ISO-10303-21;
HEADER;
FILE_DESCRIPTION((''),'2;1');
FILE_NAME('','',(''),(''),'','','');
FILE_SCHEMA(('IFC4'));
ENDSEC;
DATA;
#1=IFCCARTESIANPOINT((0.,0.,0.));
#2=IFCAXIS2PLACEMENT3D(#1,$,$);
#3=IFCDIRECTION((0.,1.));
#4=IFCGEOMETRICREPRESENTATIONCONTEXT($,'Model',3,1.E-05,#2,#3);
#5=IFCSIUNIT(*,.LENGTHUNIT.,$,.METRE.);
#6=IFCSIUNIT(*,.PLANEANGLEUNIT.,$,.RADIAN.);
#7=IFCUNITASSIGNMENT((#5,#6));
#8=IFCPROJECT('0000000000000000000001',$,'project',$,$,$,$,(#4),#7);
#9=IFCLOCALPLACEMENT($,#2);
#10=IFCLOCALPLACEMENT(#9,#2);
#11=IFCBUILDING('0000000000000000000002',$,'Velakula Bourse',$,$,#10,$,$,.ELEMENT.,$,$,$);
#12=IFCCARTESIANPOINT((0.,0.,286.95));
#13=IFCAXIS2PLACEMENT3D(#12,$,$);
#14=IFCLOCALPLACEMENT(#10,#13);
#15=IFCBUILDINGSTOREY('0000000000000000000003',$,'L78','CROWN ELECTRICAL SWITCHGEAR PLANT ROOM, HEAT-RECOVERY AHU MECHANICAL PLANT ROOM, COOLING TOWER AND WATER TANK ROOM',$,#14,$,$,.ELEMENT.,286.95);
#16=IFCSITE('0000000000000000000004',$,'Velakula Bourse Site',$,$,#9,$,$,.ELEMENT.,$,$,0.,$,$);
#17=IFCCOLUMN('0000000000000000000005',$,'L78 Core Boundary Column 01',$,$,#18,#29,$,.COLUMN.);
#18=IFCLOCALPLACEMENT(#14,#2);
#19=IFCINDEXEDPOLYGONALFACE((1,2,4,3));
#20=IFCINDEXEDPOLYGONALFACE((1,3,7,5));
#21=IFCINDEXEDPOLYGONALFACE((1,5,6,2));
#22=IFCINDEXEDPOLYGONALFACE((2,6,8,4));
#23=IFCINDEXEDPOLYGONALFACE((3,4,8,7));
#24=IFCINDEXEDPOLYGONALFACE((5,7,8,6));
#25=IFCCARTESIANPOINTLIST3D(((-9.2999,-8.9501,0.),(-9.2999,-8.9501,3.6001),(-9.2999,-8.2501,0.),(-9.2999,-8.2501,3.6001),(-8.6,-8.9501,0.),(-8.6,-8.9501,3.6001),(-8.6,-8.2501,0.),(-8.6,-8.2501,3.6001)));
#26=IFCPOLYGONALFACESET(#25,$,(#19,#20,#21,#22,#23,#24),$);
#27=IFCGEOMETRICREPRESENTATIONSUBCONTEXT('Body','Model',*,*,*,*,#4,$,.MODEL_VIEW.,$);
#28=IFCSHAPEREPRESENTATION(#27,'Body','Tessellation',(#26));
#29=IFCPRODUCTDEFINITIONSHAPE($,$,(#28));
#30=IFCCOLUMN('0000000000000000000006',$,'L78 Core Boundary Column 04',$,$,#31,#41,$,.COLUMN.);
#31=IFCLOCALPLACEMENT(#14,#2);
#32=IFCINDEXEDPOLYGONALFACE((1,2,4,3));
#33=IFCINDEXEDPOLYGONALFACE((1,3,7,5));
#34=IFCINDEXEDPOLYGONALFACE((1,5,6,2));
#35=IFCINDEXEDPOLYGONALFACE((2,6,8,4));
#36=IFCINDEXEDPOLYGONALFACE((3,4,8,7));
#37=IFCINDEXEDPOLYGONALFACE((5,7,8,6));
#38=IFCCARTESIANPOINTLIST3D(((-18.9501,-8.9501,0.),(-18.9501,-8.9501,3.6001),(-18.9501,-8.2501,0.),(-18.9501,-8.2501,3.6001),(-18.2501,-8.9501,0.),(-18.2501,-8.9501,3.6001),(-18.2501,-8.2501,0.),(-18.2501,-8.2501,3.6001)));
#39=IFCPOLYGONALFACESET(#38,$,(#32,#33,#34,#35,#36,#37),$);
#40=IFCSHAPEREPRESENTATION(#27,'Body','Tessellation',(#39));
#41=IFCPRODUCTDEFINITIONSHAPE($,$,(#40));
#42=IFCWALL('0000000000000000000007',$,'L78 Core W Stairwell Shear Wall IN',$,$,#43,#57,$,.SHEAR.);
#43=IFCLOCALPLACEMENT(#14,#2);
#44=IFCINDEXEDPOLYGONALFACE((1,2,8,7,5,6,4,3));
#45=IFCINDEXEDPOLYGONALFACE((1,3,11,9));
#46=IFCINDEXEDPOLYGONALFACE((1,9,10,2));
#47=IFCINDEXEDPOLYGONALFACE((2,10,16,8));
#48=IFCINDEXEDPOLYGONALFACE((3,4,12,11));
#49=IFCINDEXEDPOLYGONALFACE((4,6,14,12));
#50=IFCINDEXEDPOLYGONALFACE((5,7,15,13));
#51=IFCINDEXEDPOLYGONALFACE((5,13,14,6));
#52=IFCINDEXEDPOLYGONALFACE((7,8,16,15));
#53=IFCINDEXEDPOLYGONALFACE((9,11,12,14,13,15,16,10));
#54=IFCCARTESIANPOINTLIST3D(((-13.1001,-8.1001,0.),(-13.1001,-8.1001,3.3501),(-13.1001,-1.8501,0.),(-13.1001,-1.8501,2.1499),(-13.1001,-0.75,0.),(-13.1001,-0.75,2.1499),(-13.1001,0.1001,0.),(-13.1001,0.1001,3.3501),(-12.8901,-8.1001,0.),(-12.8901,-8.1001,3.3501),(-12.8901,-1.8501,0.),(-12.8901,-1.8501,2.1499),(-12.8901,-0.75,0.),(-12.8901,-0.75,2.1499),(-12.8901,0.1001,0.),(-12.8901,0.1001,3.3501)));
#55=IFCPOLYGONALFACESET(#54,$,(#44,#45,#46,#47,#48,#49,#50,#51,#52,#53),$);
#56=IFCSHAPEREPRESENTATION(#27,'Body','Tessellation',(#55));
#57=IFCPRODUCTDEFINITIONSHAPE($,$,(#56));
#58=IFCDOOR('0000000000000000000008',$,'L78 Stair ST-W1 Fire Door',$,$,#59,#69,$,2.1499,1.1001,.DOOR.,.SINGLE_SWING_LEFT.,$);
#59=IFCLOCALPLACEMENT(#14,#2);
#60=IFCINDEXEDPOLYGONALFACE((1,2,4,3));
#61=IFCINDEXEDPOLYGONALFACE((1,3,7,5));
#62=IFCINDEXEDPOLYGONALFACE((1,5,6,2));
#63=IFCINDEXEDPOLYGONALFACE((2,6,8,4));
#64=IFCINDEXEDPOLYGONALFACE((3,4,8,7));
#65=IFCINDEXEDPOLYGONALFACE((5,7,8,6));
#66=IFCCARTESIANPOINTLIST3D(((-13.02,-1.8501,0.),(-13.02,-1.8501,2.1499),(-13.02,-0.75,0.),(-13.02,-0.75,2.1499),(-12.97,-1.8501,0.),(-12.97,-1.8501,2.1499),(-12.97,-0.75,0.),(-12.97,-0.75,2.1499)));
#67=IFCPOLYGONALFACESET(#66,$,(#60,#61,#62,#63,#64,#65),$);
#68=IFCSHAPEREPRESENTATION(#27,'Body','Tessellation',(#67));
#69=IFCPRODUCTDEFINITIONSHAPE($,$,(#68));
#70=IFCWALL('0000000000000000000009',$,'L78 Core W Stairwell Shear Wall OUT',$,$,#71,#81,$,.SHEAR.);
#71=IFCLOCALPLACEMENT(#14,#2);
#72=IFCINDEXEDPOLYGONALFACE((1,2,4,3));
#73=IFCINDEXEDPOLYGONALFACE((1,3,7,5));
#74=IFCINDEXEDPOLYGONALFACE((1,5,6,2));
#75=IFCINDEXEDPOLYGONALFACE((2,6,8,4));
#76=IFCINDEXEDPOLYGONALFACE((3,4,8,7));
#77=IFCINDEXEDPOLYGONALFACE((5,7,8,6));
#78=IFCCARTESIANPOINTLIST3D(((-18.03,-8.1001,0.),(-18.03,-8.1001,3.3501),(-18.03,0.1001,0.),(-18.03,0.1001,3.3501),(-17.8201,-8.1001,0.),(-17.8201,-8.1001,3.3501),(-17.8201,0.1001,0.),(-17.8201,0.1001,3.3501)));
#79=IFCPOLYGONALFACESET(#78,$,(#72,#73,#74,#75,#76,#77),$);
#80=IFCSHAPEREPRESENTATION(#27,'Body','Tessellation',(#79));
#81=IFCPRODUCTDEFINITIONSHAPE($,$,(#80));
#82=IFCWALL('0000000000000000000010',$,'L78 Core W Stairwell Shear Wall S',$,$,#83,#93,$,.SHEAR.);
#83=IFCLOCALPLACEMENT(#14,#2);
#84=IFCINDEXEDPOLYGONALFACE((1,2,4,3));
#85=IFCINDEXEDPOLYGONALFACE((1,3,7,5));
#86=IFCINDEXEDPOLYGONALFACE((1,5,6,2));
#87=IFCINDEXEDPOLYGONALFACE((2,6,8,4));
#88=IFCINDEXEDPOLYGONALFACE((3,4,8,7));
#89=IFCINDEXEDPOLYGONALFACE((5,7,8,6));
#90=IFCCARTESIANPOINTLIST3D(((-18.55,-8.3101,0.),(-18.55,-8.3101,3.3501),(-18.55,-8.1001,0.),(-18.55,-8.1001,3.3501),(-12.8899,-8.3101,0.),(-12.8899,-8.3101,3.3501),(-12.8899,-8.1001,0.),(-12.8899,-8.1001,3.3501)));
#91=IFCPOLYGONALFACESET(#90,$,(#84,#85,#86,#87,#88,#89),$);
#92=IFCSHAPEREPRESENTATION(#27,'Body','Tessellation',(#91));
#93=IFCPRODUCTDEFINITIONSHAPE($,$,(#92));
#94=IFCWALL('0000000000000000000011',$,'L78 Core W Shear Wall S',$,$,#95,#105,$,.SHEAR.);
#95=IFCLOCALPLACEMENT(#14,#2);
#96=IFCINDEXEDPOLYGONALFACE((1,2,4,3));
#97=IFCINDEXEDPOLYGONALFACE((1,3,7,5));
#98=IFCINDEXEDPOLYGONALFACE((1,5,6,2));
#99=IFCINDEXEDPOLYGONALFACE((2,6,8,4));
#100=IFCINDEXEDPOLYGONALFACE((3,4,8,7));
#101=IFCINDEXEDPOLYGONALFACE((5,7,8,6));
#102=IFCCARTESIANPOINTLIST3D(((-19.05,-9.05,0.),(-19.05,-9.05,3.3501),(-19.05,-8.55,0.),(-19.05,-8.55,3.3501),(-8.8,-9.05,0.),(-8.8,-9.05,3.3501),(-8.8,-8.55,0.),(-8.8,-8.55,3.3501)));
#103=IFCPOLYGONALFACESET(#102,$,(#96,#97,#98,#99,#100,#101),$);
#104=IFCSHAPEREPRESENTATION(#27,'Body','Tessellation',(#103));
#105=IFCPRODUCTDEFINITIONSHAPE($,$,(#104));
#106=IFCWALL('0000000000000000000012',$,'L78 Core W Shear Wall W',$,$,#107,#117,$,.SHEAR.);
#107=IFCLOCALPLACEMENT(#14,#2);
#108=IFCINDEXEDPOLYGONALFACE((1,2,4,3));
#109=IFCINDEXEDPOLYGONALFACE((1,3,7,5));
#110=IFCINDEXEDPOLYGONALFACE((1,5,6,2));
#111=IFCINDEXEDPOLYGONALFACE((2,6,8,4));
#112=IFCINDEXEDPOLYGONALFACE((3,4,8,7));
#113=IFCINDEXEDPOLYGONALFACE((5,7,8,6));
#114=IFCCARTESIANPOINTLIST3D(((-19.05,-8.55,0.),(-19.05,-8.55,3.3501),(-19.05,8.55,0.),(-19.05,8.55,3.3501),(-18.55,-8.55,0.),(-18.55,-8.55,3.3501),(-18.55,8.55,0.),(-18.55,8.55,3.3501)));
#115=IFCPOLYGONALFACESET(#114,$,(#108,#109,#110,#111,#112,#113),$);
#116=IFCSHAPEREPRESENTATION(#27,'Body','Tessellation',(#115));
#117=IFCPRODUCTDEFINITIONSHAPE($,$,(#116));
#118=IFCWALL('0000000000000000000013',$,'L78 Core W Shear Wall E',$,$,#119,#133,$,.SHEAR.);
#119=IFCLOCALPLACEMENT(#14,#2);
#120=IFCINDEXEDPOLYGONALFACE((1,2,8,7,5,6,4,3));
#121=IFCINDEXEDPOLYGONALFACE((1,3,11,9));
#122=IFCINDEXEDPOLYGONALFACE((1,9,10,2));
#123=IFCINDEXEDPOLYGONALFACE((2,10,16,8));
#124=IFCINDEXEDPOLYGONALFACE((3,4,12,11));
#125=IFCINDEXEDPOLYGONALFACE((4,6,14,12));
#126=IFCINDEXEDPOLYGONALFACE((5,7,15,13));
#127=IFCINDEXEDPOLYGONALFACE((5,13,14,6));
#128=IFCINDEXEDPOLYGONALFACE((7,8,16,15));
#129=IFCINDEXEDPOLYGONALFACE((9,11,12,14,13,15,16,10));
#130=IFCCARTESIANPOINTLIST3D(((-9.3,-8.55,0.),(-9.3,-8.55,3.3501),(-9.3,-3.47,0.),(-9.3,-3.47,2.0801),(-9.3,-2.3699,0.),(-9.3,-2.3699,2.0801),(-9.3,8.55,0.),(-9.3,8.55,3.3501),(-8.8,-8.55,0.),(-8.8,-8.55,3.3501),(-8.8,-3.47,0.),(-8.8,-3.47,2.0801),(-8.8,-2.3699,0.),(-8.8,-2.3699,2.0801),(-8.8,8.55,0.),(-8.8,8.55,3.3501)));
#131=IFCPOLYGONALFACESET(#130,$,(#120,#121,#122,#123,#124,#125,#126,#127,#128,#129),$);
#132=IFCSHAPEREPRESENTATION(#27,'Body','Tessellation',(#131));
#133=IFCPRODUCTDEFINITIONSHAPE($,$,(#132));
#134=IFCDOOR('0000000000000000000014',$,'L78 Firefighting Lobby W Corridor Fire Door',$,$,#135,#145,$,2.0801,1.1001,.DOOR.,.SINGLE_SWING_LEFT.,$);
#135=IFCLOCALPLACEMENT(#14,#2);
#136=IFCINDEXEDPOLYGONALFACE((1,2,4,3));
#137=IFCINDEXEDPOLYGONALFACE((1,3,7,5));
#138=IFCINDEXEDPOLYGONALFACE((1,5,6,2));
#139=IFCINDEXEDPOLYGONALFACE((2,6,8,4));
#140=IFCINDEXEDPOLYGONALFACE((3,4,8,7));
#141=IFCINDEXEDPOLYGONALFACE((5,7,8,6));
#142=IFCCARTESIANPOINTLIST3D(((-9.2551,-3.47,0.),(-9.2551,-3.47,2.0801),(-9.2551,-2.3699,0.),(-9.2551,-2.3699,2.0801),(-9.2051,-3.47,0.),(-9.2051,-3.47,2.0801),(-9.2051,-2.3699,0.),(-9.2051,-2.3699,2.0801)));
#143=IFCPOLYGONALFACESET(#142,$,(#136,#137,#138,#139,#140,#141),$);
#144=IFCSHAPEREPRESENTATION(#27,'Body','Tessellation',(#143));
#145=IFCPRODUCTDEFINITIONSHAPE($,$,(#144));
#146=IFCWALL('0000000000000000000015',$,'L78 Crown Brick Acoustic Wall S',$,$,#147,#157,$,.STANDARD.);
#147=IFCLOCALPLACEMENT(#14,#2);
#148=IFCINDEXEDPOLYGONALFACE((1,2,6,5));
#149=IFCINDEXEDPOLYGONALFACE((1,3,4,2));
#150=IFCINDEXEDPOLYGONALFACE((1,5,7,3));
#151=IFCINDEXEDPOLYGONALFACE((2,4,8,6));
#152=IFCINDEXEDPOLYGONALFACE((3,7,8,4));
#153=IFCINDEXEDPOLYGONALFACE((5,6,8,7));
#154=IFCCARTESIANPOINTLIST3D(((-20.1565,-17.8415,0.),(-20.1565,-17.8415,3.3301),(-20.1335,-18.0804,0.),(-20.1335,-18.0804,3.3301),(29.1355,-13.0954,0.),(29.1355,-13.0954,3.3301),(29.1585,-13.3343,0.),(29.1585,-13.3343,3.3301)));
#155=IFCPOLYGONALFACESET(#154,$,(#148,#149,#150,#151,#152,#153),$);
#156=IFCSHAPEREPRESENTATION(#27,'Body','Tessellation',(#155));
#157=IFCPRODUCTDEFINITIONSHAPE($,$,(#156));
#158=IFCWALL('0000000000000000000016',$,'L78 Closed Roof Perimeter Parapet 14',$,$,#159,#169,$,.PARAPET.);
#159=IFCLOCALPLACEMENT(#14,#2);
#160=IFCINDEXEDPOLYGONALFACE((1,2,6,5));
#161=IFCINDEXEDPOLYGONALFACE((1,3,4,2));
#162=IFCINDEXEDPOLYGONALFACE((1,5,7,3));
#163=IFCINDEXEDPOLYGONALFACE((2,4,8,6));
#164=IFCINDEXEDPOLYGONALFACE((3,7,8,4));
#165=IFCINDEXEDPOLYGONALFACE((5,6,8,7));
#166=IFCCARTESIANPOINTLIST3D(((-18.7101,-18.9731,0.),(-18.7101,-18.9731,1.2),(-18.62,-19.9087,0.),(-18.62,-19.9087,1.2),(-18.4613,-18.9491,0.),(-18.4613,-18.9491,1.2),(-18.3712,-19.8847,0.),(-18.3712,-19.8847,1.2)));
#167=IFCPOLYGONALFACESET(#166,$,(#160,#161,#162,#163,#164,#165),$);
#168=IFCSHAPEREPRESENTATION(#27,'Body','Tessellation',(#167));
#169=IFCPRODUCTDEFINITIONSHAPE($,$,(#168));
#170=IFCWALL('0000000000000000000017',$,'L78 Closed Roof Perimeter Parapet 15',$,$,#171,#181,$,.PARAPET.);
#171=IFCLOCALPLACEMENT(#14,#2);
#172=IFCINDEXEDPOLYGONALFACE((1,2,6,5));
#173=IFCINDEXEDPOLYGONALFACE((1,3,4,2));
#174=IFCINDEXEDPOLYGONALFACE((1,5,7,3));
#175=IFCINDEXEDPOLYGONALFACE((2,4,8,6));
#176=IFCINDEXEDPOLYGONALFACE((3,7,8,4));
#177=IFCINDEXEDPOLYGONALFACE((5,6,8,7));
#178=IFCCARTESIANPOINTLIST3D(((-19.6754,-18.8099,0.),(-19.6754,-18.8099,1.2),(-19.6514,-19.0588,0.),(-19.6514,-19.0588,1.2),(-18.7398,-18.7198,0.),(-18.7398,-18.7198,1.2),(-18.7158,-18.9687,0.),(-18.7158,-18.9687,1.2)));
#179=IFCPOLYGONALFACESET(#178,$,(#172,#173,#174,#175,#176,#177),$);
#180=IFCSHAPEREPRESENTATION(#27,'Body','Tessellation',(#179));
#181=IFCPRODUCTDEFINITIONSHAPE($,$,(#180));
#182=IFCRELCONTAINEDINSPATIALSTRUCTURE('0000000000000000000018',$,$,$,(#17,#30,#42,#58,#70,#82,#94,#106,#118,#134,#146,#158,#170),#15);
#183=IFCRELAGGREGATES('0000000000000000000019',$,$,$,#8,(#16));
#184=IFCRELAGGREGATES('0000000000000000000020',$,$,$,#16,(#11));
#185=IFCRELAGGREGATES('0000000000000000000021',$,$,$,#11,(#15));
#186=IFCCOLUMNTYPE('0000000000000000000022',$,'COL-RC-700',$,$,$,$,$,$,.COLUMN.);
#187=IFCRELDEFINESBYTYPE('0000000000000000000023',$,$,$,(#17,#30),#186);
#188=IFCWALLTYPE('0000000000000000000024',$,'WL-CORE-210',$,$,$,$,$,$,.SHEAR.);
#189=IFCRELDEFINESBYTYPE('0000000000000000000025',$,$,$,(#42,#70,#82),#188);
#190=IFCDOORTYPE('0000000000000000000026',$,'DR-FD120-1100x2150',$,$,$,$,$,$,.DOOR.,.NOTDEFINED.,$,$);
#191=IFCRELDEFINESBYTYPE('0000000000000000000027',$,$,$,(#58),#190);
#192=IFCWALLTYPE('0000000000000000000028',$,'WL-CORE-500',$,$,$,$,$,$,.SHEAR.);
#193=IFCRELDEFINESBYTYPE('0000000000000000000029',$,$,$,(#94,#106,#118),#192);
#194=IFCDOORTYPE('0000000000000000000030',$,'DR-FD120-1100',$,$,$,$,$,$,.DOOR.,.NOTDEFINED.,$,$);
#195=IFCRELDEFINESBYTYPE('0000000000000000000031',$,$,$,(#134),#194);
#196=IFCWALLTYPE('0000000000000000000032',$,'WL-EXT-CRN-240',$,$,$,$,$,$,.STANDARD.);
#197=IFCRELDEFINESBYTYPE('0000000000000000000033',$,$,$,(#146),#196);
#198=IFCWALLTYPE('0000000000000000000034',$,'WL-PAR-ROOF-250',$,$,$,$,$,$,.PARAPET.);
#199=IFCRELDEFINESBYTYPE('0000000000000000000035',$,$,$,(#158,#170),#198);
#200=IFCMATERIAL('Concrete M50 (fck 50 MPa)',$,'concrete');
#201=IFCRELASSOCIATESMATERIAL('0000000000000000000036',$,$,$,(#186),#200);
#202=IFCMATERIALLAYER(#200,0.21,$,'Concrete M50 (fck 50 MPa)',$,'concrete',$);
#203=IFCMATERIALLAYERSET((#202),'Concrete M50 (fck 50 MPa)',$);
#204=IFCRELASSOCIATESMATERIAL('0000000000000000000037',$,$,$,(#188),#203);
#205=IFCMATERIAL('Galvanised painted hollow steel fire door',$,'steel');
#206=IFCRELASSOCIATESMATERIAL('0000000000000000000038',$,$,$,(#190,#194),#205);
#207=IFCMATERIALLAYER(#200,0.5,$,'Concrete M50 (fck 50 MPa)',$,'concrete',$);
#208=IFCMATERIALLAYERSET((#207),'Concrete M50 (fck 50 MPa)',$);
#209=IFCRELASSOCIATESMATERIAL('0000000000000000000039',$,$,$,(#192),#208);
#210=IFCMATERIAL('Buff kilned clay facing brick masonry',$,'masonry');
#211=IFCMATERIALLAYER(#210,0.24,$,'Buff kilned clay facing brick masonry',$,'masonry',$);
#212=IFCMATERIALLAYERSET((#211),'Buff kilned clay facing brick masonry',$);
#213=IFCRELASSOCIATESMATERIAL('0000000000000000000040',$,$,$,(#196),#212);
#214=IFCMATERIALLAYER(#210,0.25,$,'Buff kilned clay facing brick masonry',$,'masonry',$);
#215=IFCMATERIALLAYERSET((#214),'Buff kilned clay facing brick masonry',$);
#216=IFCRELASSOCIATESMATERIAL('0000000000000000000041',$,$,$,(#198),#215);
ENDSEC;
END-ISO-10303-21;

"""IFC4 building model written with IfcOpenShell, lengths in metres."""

from ifc_helpers import new_model, si_unit, direction, frame, frame_2d, origin, origin_2d, place, context, subcontext, project, spatial, rectangle, extrude, material, layer, layer_set, material_profile, profile_set, type_object, element, fill, save


model = new_model("IFC4")

# Units and contexts
model_context = context("Model", 3, precision=1e-05, world=origin(), true_north=direction((0.0, 1.0)))
body_context = subcontext(model_context, "Body", "Model", "MODEL_VIEW")
ifc_project = project(units=[si_unit("LENGTHUNIT", "METRE"), si_unit("PLANEANGLEUNIT", "RADIAN")], contexts=[model_context])

# Site, building, storey
site_placement = place(None, origin())
site = spatial("IfcSite", under=ifc_project, at=site_placement, Name="Velakula Bourse Site", CompositionType="ELEMENT", RefElevation=0.0)
building_placement = place(site_placement, origin())
building = spatial("IfcBuilding", under=site, at=building_placement, Name="Velakula Bourse", CompositionType="ELEMENT")
storey_placement = place(building_placement, frame((0.0, 0.0, 286.95)))
storey = spatial("IfcBuildingStorey", under=building, at=storey_placement, Name="L78", Description="CROWN ELECTRICAL SWITCHGEAR PLANT ROOM, HEAT-RECOVERY AHU MECHANICAL PLANT ROOM, COOLING TOWER AND WATER TANK ROOM", CompositionType="ELEMENT", Elevation=286.95)

# Columns
ifc_material_1 = material(Name="Concrete M50 (fck 50 MPa)", Category="concrete")
ifc_material_profile = material_profile(ifc_material_1, rectangle(XDim=0.7, YDim=0.7, at=origin_2d()), Name="Concrete M50 (fck 50 MPa)")
ifc_profile_set = profile_set([ifc_material_profile], Name="Concrete M50 (fck 50 MPa)")
column_type = type_object("IfcColumnType", Name="COL-RC-700", PredefinedType="COLUMN", material=ifc_profile_set)
for number, where, z_axis, x_axis, name in (
    (1, (-8.95, -8.6001, 0.0), (0.0, 0.0, 1.0), (1.0, 0.0, 0.0), "L78 Core Boundary Column 01"),
    (2, (-18.6001, -8.6001, 0.0), (0.0, 0.0, 1.0), (1.0, 0.0, 0.0), "L78 Core Boundary Column 04"),
):
    element("IfcColumn", number, at=place(storey_placement, frame(where, z_axis=z_axis, x_axis=x_axis)), inside=storey, type_object=column_type, Name=name, PredefinedType="COLUMN", context=body_context, shape_type="SweptSolid", body=[
        extrude(rectangle(XDim=0.7, YDim=0.7, at=origin_2d()), origin(), (0.0, 0.0, 1.0), 3.6001),
    ])

# Wall, opening, door
ifc_layer_1 = layer(ifc_material_1, 0.21, Name="Concrete M50 (fck 50 MPa)", Category="concrete")
ifc_layer_set_1 = layer_set([ifc_layer_1], Name="Concrete M50 (fck 50 MPa)")
wall_type_1 = type_object("IfcWallType", Name="WL-CORE-210", PredefinedType="SHEAR", material=ifc_layer_set_1)
wall_1_placement = place(storey_placement, frame((-12.9951, -8.1001, 0.0), z_axis=(0.0, 0.0, 1.0), x_axis=(0.0, 1.0, 0.0)))
wall_1 = element("IfcWall", 3, at=wall_1_placement, inside=storey, type_object=wall_type_1, Name="L78 Core W Stairwell Shear Wall IN", PredefinedType="SHEAR", context=body_context, shape_type="SweptSolid", body=[
    extrude(rectangle(XDim=8.2002, YDim=0.21, at=frame_2d((4.1001, 0.0))), origin(), (0.0, 0.0, 1.0), 3.3501),
])
opening_1_placement = place(wall_1_placement, frame((6.25, 0.0, 0.0)))
opening_1 = element("IfcOpeningElement", 4, at=opening_1_placement, cuts=wall_1, PredefinedType="OPENING", context=body_context, shape_type="SweptSolid", body=[
    extrude(rectangle(XDim=1.1001, YDim=2.1499, at=frame_2d((0.55, 1.075))), frame((0.0, 0.115, 0.0), z_axis=(0.0, -1.0, 0.0), x_axis=(1.0, 0.0, 0.0)), (0.0, 0.0, 1.0), 0.23),
])
ifc_material_2 = material(Name="Galvanised painted hollow steel fire door", Category="steel")
door_type_1 = type_object("IfcDoorType", Name="DR-FD120-1100x2150", OperationType="NOTDEFINED", PredefinedType="DOOR", material=ifc_material_2)
door_1_placement = place(opening_1_placement, origin())
door_1 = element("IfcDoor", 5, at=door_1_placement, inside=storey, type_object=door_type_1, Name="L78 Stair ST-W1 Fire Door", OperationType="SINGLE_SWING_LEFT", OverallHeight=2.1499, OverallWidth=1.1001, PredefinedType="DOOR", context=body_context, shape_type="SweptSolid", body=[
    extrude(rectangle(XDim=1.1001, YDim=2.1499, at=frame_2d((0.55, 1.075))), frame((0.0, 0.0249, 0.0), z_axis=(0.0, -1.0, 0.0), x_axis=(1.0, 0.0, 0.0)), (0.0, 0.0, 1.0), 0.05),
])
fill(opening_1, door_1)

# Walls
wall_2_placement = place(storey_placement, frame((-17.925, -8.1001, 0.0), z_axis=(0.0, 0.0, 1.0), x_axis=(0.0, 1.0, 0.0)))
element("IfcWall", 6, at=wall_2_placement, inside=storey, type_object=wall_type_1, Name="L78 Core W Stairwell Shear Wall OUT", PredefinedType="SHEAR", context=body_context, shape_type="SweptSolid", body=[
    extrude(rectangle(XDim=8.2002, YDim=0.21, at=frame_2d((4.1001, 0.0))), origin(), (0.0, 0.0, 1.0), 3.3501),
])
wall_3_placement = place(storey_placement, frame((-18.55, -8.2051, 0.0), z_axis=(0.0, 0.0, 1.0), x_axis=(1.0, 0.0, 0.0)))
element("IfcWall", 7, at=wall_3_placement, inside=storey, type_object=wall_type_1, Name="L78 Core W Stairwell Shear Wall S", PredefinedType="SHEAR", context=body_context, shape_type="SweptSolid", body=[
    extrude(rectangle(XDim=5.6602, YDim=0.21, at=frame_2d((2.8301, 0.0))), origin(), (0.0, 0.0, 1.0), 3.3501),
])
ifc_layer_2 = layer(ifc_material_1, 0.5, Name="Concrete M50 (fck 50 MPa)", Category="concrete")
ifc_layer_set_2 = layer_set([ifc_layer_2], Name="Concrete M50 (fck 50 MPa)")
wall_type_2 = type_object("IfcWallType", Name="WL-CORE-500", PredefinedType="SHEAR", material=ifc_layer_set_2)
wall_4_placement = place(storey_placement, frame((-19.05, -8.8, 0.0), z_axis=(0.0, 0.0, 1.0), x_axis=(1.0, 0.0, 0.0)))
element("IfcWall", 8, at=wall_4_placement, inside=storey, type_object=wall_type_2, Name="L78 Core W Shear Wall S", PredefinedType="SHEAR", context=body_context, shape_type="SweptSolid", body=[
    extrude(rectangle(XDim=10.25, YDim=0.5, at=frame_2d((5.125, 0.0))), origin(), (0.0, 0.0, 1.0), 3.3501),
])
wall_5_placement = place(storey_placement, frame((-18.8, -8.55, 0.0), z_axis=(0.0, 0.0, 1.0), x_axis=(0.0, 1.0, 0.0)))
element("IfcWall", 9, at=wall_5_placement, inside=storey, type_object=wall_type_2, Name="L78 Core W Shear Wall W", PredefinedType="SHEAR", context=body_context, shape_type="SweptSolid", body=[
    extrude(rectangle(XDim=17.1001, YDim=0.5, at=frame_2d((8.55, 0.0))), origin(), (0.0, 0.0, 1.0), 3.3501),
])

# Wall, opening, door
wall_6_placement = place(storey_placement, frame((-9.05, -8.55, 0.0), z_axis=(0.0, 0.0, 1.0), x_axis=(0.0, 1.0, 0.0)))
wall_6 = element("IfcWall", 10, at=wall_6_placement, inside=storey, type_object=wall_type_2, Name="L78 Core W Shear Wall E", PredefinedType="SHEAR", context=body_context, shape_type="SweptSolid", body=[
    extrude(rectangle(XDim=17.1001, YDim=0.5, at=frame_2d((8.55, 0.0))), origin(), (0.0, 0.0, 1.0), 3.3501),
])
opening_2_placement = place(wall_6_placement, frame((5.0801, 0.0, 0.0)))
opening_2 = element("IfcOpeningElement", 11, at=opening_2_placement, cuts=wall_6, PredefinedType="OPENING", context=body_context, shape_type="SweptSolid", body=[
    extrude(rectangle(XDim=1.1001, YDim=2.0801, at=frame_2d((0.55, 1.04))), frame((0.0, 0.26, 0.0), z_axis=(0.0, -1.0, 0.0), x_axis=(1.0, 0.0, 0.0)), (0.0, 0.0, 1.0), 0.52),
])
door_type_2 = type_object("IfcDoorType", Name="DR-FD120-1100", OperationType="NOTDEFINED", PredefinedType="DOOR", material=ifc_material_2)
door_2_placement = place(opening_2_placement, origin())
door_2 = element("IfcDoor", 12, at=door_2_placement, inside=storey, type_object=door_type_2, Name="L78 Firefighting Lobby W Corridor Fire Door", OperationType="SINGLE_SWING_LEFT", OverallHeight=2.0801, OverallWidth=1.1001, PredefinedType="DOOR", context=body_context, shape_type="SweptSolid", body=[
    extrude(rectangle(XDim=1.1001, YDim=2.0801, at=frame_2d((0.55, 1.04))), frame((0.0, 0.2051, 0.0), z_axis=(0.0, -1.0, 0.0), x_axis=(1.0, 0.0, 0.0)), (0.0, 0.0, 1.0), 0.05),
])
fill(opening_2, door_2)

# Walls
ifc_material_3 = material(Name="Buff kilned clay facing brick masonry", Category="masonry")
ifc_layer_3 = layer(ifc_material_3, 0.24, Name="Buff kilned clay facing brick masonry", Category="masonry")
ifc_layer_set_3 = layer_set([ifc_layer_3], Name="Buff kilned clay facing brick masonry")
wall_type_3 = type_object("IfcWallType", Name="WL-EXT-CRN-240", PredefinedType="STANDARD", material=ifc_layer_set_3)
wall_7_placement = place(storey_placement, frame((-20.145, -17.9609, 0.0), z_axis=(0.0, 0.0, 1.0), x_axis=(0.995397, 0.095842, 0.0)))
element("IfcWall", 13, at=wall_7_placement, inside=storey, type_object=wall_type_3, Name="L78 Crown Brick Acoustic Wall S", PredefinedType="STANDARD", context=body_context, shape_type="SweptSolid", body=[
    extrude(rectangle(XDim=49.52, YDim=0.24, at=frame_2d((24.76, 0.0))), origin(), (0.0, 0.0, 1.0), 3.3301),
])
ifc_layer_4 = layer(ifc_material_3, 0.25, Name="Buff kilned clay facing brick masonry", Category="masonry")
ifc_layer_set_4 = layer_set([ifc_layer_4], Name="Buff kilned clay facing brick masonry")
wall_type_4 = type_object("IfcWallType", Name="WL-PAR-ROOF-250", PredefinedType="PARAPET", material=ifc_layer_set_4)
for number, where, z_axis, x_axis, name in (
    (14, (-18.4956, -19.8967, 0.0), (0.0, 0.0, 1.0), (-0.095851, 0.995396, 0.0), "L78 Closed Roof Perimeter Parapet 14"),
    (15, (-18.7278, -18.8442, 0.0), (0.0, 0.0, 1.0), (-0.995396, -0.095851, 0.0), "L78 Closed Roof Perimeter Parapet 15"),
):
    element("IfcWall", number, at=place(storey_placement, frame(where, z_axis=z_axis, x_axis=x_axis)), inside=storey, type_object=wall_type_4, Name=name, PredefinedType="PARAPET", context=body_context, shape_type="SweptSolid", body=[
        extrude(rectangle(XDim=0.9399, YDim=0.25, at=frame_2d((0.47, 0.0))), origin(), (0.0, 0.0, 1.0), 1.2),
    ])

save(model, "model.ifc")
